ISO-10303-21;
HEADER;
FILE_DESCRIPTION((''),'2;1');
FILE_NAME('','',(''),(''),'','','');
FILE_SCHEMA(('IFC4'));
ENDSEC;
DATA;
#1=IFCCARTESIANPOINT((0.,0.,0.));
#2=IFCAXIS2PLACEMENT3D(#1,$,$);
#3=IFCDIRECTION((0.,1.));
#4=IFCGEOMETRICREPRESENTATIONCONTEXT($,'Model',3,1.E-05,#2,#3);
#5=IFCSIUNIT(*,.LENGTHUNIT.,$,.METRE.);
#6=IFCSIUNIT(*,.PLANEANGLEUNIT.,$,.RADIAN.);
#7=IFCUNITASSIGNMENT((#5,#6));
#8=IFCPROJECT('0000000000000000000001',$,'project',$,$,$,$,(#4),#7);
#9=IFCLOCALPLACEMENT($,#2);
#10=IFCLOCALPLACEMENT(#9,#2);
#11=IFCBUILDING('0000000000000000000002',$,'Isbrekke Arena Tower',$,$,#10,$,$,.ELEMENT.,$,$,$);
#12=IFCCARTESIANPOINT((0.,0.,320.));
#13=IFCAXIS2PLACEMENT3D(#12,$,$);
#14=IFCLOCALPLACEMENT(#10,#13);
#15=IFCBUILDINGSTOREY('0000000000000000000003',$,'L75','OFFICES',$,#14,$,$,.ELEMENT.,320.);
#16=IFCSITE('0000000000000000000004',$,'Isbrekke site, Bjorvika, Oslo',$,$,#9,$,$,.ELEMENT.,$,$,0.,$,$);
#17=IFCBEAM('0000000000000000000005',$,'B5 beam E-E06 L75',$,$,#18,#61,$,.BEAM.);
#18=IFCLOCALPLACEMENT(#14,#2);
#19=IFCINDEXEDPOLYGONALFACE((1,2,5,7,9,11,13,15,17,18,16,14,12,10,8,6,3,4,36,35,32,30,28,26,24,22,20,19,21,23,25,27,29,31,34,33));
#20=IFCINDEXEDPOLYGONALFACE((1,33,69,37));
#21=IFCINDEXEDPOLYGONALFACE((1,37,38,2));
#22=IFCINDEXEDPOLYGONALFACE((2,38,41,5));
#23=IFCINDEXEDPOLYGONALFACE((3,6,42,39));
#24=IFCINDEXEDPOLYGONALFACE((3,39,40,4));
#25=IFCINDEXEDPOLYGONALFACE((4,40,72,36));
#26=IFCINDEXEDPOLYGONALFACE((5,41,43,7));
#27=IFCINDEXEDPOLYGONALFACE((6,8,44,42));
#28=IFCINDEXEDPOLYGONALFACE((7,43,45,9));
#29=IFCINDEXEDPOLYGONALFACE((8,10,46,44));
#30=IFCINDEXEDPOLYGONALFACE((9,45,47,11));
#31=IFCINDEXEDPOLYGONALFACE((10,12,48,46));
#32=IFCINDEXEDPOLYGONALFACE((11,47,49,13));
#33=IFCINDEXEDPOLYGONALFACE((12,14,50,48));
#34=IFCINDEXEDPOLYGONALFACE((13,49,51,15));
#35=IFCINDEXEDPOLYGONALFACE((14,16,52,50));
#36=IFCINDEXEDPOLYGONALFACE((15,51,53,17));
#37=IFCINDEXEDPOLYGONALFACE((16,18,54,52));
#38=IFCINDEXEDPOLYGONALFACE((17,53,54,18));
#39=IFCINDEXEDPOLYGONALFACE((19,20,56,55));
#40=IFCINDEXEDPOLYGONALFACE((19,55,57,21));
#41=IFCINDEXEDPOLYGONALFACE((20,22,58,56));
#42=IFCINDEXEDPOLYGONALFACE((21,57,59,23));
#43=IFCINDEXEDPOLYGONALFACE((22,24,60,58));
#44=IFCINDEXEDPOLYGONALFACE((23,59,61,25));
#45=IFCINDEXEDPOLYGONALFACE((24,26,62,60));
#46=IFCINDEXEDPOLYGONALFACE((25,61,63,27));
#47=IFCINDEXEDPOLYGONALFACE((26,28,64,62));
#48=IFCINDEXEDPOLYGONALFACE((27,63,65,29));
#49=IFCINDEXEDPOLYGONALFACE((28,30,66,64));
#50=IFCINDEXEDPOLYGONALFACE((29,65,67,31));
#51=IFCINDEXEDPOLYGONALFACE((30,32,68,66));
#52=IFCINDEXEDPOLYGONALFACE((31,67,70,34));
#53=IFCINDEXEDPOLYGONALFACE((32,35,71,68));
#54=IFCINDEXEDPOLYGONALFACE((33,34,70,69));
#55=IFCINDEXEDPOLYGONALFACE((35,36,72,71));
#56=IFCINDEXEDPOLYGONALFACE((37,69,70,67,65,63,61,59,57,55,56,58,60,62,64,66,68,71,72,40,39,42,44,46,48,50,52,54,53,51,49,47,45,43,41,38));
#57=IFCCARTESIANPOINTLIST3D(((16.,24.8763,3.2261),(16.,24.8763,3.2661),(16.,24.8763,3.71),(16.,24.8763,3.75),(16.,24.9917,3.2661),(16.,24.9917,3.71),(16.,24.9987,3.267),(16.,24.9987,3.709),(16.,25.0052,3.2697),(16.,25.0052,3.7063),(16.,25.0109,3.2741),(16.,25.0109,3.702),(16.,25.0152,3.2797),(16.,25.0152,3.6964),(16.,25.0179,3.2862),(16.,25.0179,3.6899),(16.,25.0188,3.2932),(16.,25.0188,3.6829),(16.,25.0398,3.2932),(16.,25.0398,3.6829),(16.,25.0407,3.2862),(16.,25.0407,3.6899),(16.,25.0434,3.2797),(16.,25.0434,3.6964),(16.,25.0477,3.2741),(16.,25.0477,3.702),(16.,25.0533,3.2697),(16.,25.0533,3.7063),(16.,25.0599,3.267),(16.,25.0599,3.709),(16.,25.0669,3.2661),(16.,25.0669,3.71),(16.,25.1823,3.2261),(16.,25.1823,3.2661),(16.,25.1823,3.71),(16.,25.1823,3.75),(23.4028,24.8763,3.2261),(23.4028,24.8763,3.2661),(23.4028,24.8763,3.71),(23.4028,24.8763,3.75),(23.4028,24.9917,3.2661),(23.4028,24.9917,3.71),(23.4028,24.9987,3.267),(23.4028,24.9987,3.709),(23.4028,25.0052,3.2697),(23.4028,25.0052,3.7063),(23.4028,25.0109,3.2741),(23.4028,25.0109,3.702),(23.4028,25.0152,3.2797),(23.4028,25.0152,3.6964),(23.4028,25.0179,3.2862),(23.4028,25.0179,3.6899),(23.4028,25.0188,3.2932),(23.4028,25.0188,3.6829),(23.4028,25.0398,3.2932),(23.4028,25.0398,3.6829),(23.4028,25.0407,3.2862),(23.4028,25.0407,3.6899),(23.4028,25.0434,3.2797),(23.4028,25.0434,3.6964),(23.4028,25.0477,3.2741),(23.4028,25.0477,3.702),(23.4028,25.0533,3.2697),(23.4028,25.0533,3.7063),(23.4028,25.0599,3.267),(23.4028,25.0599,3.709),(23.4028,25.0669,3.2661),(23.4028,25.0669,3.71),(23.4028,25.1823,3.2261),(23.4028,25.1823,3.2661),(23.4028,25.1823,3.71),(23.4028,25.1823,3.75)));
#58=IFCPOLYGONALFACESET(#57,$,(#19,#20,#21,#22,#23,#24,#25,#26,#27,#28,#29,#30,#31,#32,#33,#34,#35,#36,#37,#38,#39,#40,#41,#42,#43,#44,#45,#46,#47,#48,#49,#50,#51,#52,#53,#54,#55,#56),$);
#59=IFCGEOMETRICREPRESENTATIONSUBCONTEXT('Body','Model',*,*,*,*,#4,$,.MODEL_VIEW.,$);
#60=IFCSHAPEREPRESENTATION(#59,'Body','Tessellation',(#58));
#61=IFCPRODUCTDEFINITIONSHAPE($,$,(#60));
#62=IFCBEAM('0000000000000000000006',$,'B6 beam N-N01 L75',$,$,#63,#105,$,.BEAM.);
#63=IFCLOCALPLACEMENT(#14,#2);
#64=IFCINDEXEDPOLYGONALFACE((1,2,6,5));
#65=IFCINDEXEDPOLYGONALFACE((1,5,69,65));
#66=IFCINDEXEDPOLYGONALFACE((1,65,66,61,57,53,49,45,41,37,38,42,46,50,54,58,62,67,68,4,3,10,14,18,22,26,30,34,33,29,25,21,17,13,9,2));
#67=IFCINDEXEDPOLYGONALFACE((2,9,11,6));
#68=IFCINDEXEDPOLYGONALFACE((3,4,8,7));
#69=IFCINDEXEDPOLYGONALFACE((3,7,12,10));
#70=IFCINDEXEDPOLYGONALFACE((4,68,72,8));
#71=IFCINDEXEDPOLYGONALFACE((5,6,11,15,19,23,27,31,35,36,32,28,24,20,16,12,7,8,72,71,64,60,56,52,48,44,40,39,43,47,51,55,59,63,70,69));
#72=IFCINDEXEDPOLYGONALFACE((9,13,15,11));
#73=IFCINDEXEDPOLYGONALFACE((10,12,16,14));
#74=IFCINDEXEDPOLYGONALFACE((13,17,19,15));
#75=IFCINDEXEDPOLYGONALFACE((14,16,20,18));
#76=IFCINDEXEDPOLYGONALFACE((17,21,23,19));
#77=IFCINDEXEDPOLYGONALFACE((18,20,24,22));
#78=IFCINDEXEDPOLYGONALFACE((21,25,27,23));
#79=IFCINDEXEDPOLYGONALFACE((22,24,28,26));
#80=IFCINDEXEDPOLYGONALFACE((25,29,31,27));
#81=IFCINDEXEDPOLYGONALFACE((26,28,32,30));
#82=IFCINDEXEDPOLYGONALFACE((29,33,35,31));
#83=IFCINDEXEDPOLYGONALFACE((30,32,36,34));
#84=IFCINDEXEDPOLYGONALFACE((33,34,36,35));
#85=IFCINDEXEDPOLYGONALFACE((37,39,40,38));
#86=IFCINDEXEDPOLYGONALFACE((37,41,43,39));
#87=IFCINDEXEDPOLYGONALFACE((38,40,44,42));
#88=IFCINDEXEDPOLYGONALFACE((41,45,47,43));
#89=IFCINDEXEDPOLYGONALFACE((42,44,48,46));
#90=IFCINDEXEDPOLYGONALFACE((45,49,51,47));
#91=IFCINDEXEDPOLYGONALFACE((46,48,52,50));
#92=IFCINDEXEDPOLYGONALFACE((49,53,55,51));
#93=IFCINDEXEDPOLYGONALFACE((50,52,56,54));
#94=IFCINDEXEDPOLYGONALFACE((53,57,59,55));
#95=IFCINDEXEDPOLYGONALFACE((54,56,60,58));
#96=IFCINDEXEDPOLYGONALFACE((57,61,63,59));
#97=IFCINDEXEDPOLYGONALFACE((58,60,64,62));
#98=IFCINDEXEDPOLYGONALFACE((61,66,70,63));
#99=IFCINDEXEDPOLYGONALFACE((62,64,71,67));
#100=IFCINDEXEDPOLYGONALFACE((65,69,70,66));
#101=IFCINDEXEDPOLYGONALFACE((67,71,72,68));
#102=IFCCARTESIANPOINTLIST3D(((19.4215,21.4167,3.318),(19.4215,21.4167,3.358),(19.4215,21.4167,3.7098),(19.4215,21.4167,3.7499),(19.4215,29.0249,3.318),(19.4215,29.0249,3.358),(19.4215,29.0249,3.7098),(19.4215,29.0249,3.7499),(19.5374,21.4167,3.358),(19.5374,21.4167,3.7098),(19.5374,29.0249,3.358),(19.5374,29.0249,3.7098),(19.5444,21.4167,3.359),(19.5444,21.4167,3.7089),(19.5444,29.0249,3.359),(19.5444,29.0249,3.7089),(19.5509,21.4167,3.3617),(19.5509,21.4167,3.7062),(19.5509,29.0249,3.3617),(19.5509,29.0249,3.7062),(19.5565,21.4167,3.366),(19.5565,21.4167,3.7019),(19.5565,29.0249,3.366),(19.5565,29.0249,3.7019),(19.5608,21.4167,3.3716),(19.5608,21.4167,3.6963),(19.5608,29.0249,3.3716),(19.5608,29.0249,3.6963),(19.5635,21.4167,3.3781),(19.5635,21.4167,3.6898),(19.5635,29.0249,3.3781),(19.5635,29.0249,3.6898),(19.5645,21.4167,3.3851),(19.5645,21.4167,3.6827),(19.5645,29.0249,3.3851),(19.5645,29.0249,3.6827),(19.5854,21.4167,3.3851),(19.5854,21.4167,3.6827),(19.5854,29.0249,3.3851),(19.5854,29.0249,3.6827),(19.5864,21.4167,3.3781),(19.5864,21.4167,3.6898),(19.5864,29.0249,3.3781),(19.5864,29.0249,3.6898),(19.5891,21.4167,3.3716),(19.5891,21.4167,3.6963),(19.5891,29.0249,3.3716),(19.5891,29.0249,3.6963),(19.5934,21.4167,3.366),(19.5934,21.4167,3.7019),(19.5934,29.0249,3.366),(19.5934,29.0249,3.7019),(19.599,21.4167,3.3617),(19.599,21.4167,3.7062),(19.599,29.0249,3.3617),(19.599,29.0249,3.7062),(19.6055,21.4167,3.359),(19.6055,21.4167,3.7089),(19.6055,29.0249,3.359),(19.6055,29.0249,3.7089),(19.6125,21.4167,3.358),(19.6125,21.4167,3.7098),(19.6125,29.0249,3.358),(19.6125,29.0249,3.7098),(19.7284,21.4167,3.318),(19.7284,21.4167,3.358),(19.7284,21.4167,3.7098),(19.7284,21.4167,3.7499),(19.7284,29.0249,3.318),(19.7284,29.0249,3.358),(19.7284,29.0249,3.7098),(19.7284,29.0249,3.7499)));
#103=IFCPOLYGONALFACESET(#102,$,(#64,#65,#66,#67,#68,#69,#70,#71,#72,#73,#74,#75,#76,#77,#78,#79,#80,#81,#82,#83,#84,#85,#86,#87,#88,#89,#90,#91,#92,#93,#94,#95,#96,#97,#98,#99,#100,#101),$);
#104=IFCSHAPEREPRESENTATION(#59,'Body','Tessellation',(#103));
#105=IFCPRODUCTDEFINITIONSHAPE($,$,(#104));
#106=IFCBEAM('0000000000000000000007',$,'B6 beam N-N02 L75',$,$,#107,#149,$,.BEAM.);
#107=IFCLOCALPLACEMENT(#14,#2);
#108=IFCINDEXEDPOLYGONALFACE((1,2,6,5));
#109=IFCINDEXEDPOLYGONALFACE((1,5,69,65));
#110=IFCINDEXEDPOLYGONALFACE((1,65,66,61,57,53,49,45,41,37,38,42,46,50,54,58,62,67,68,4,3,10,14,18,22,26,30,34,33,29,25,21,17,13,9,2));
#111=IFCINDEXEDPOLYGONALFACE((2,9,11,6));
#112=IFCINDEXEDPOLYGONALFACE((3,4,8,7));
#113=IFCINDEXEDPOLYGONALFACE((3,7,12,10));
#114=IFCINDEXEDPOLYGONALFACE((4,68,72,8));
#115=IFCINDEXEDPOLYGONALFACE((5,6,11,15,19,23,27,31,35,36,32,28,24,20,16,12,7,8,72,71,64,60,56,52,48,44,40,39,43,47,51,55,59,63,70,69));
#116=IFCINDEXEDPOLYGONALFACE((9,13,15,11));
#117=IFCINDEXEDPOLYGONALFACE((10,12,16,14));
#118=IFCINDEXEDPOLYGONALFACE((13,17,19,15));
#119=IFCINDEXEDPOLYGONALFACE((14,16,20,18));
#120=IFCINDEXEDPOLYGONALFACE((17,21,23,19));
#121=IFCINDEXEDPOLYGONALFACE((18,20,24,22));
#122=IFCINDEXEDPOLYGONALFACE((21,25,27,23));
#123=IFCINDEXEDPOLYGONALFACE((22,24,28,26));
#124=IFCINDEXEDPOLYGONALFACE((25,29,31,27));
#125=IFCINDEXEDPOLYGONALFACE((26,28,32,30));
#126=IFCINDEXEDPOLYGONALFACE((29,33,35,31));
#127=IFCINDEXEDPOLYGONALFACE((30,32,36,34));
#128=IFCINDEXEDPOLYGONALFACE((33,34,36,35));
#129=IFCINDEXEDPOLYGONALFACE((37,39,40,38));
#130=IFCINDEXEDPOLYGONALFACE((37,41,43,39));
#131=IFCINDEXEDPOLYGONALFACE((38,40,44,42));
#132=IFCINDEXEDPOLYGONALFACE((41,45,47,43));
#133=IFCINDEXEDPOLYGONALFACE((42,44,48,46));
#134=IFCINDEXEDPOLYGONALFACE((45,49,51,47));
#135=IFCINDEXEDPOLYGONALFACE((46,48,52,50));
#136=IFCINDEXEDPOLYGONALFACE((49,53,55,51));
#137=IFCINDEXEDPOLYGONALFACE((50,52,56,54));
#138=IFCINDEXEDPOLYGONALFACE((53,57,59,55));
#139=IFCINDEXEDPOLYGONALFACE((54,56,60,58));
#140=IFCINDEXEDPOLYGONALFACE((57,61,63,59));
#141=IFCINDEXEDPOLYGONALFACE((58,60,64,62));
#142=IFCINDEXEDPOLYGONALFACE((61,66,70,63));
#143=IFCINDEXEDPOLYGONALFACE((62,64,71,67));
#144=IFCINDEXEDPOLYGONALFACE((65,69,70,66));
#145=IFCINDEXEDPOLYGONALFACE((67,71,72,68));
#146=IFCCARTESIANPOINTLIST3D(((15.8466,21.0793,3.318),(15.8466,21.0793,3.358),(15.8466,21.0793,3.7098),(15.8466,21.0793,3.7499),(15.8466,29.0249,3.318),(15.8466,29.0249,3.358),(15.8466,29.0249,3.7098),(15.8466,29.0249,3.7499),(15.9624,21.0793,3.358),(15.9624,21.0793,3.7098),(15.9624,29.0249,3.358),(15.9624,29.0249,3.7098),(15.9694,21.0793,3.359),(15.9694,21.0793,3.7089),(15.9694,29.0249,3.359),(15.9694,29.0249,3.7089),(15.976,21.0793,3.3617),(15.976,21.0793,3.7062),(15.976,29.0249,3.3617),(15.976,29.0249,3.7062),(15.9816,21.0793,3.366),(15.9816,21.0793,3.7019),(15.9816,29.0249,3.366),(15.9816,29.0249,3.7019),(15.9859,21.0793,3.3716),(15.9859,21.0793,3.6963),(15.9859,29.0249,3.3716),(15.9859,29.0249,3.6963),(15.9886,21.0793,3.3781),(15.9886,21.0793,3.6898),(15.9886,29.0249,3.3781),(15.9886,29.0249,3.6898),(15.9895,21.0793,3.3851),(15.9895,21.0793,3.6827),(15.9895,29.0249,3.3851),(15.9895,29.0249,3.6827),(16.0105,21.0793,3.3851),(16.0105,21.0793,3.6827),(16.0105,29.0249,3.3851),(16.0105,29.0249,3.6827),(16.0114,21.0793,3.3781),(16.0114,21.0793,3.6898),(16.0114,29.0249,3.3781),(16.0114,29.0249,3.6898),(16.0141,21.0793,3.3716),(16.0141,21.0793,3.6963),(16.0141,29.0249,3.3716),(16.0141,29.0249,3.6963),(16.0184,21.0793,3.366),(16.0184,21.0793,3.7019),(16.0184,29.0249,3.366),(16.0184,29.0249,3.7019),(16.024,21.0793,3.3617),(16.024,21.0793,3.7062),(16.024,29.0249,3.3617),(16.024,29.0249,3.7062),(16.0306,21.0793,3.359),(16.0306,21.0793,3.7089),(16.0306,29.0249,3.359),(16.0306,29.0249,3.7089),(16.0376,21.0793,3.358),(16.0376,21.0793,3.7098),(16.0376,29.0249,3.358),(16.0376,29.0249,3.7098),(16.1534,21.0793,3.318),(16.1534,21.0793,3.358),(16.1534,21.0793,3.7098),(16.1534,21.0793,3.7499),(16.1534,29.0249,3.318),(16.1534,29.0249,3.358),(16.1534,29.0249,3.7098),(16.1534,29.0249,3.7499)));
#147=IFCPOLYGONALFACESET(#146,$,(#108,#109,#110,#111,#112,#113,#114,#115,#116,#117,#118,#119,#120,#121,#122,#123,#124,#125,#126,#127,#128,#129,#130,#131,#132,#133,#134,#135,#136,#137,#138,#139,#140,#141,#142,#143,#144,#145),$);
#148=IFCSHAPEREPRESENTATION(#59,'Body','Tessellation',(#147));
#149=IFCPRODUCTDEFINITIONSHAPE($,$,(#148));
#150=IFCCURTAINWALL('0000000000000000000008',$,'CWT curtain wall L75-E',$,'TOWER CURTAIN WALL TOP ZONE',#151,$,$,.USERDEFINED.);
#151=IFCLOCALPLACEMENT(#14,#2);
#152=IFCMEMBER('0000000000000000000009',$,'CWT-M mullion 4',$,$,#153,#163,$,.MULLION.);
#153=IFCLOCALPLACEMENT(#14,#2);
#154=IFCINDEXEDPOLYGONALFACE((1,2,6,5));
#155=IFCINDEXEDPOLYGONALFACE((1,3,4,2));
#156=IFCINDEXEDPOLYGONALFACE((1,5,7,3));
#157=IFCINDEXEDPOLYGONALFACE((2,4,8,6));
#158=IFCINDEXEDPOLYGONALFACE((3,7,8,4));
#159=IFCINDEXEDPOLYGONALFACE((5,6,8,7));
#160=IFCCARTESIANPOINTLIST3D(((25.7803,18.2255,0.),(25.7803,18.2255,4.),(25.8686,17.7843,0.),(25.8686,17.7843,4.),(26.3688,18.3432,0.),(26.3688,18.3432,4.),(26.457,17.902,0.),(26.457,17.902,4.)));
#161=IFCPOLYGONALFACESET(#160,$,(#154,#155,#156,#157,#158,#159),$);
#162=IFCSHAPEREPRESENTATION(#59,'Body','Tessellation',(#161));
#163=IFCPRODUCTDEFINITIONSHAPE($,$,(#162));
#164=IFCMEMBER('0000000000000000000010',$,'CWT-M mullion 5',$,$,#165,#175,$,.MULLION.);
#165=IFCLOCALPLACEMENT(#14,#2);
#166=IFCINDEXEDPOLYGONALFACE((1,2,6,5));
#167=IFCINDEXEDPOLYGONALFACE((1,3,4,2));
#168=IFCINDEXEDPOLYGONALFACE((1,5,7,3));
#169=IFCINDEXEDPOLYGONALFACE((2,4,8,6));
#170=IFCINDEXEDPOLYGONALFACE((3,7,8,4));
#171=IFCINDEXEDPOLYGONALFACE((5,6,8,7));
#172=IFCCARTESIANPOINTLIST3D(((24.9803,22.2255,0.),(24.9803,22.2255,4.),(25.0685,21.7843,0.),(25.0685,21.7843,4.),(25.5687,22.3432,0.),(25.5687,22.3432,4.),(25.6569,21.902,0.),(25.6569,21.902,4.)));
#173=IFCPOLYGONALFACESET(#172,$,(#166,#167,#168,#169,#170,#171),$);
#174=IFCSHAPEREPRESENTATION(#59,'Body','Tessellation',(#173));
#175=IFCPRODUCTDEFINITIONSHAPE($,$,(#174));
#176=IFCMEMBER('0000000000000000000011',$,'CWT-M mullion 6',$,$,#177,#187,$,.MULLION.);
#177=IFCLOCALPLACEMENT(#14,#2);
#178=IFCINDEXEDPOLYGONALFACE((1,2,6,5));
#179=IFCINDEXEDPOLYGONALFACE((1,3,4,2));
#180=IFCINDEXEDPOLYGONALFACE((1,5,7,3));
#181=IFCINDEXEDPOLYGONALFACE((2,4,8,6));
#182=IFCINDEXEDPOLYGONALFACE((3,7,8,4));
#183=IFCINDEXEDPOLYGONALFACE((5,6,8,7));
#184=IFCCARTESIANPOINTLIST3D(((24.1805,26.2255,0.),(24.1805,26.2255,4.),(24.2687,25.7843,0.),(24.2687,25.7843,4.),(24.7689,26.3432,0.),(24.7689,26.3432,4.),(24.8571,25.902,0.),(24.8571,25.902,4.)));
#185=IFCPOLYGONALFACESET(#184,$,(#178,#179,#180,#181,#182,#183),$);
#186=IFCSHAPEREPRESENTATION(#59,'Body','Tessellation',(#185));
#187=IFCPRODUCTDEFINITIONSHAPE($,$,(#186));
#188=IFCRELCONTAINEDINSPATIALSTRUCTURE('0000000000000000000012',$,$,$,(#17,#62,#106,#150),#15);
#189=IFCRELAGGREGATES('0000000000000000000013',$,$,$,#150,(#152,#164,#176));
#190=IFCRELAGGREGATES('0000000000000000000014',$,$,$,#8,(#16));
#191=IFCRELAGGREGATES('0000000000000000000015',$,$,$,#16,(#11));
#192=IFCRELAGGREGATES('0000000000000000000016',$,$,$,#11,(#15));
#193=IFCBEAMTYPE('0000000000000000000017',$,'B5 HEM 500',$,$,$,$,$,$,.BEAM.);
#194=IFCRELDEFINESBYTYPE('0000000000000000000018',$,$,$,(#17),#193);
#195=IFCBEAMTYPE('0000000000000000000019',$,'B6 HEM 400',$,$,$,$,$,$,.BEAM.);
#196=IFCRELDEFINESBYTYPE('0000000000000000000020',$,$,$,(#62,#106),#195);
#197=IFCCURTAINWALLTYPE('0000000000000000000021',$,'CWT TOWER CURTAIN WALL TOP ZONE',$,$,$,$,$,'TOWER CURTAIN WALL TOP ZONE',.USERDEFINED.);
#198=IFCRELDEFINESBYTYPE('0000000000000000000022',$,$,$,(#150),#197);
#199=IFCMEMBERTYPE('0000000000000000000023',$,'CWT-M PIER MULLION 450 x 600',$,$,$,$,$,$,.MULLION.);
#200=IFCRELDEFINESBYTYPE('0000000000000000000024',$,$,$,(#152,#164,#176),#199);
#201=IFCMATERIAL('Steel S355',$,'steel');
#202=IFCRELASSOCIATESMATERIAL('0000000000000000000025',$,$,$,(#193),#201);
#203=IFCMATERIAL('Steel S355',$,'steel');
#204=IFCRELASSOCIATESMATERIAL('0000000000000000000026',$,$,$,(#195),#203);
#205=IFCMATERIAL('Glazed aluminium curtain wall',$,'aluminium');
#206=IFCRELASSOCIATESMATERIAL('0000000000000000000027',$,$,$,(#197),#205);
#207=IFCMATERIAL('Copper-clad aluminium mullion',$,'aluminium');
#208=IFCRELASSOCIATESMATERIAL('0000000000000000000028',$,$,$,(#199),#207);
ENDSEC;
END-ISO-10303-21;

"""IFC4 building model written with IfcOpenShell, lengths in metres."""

from ifc_helpers import new_model, si_unit, direction, frame, origin, origin_2d, place, context, subcontext, project, spatial, rectangle, i_section, extrude, material, material_profile, profile_set, type_object, element, aggregate, save


model = new_model("IFC4")

# Units and contexts
model_context = context("Model", 3, precision=1e-05, world=origin(), true_north=direction((0.0, 1.0)))
body_context = subcontext(model_context, "Body", "Model", "MODEL_VIEW")
ifc_project = project(units=[si_unit("LENGTHUNIT", "METRE"), si_unit("PLANEANGLEUNIT", "RADIAN")], contexts=[model_context])

# Site, building, storey
site_placement = place(None, origin())
site = spatial("IfcSite", under=ifc_project, at=site_placement, Name="Isbrekke site, Bjorvika, Oslo", CompositionType="ELEMENT", RefElevation=0.0)
building_placement = place(site_placement, origin())
building = spatial("IfcBuilding", under=site, at=building_placement, Name="Isbrekke Arena Tower", CompositionType="ELEMENT")
storey_placement = place(building_placement, frame((0.0, 0.0, 320.0)))
storey = spatial("IfcBuildingStorey", under=building, at=storey_placement, Name="L75", Description="OFFICES", CompositionType="ELEMENT", Elevation=320.0)

# Beams
ifc_material_1 = material(Name="Steel S355", Category="steel")
ifc_material_profile_1 = material_profile(ifc_material_1, i_section(OverallWidth=0.3059, OverallDepth=0.5239, WebThickness=0.021, FlangeThickness=0.04, FilletRadius=0.0271, at=origin_2d()), Name="HEM 500")
ifc_profile_set_1 = profile_set([ifc_material_profile_1], Name="Steel S355")
beam_type_1 = type_object("IfcBeamType", Name="B5 HEM 500", PredefinedType="BEAM", material=ifc_profile_set_1)
beam_1_placement = place(storey_placement, frame((23.4028, 25.0293, 3.488), z_axis=(-1.0, 0.0, 0.0), x_axis=(0.0, -1.0, 0.0)))
element("IfcBeam", 1, at=beam_1_placement, inside=storey, type_object=beam_type_1, Name="B5 beam E-E06 L75", PredefinedType="BEAM", context=body_context, shape_type="SweptSolid", body=[
    extrude(i_section(OverallWidth=0.3059, OverallDepth=0.5239, WebThickness=0.021, FlangeThickness=0.04, FilletRadius=0.0271, at=origin_2d()), origin(), (0.0, 0.0, 1.0), 7.4028),
])
ifc_material_2 = material(Name="Steel S355", Category="steel")
ifc_material_profile_2 = material_profile(ifc_material_2, i_section(OverallWidth=0.3069, OverallDepth=0.4319, WebThickness=0.021, FlangeThickness=0.04, FilletRadius=0.0271, at=origin_2d()), Name="HEM 400")
ifc_profile_set_2 = profile_set([ifc_material_profile_2], Name="Steel S355")
beam_type_2 = type_object("IfcBeamType", Name="B6 HEM 400", PredefinedType="BEAM", material=ifc_profile_set_2)
beam_2_placement = place(storey_placement, frame((19.575, 29.0249, 3.5339), z_axis=(0.0, -1.0, 0.0), x_axis=(1.0, 0.0, 0.0)))
element("IfcBeam", 2, at=beam_2_placement, inside=storey, type_object=beam_type_2, Name="B6 beam N-N01 L75", PredefinedType="BEAM", context=body_context, shape_type="SweptSolid", body=[
    extrude(i_section(OverallWidth=0.3069, OverallDepth=0.4319, WebThickness=0.021, FlangeThickness=0.04, FilletRadius=0.0271, at=origin_2d()), origin(), (0.0, 0.0, 1.0), 7.6082),
])
beam_3_placement = place(storey_placement, frame((16.0, 29.0249, 3.5339), z_axis=(0.0, -1.0, 0.0), x_axis=(1.0, 0.0, 0.0)))
element("IfcBeam", 3, at=beam_3_placement, inside=storey, type_object=beam_type_2, Name="B6 beam N-N02 L75", PredefinedType="BEAM", context=body_context, shape_type="SweptSolid", body=[
    extrude(i_section(OverallWidth=0.3069, OverallDepth=0.4319, WebThickness=0.021, FlangeThickness=0.04, FilletRadius=0.0271, at=origin_2d()), origin(), (0.0, 0.0, 1.0), 7.9456),
])

# Curtain wall, members
ifc_material_3 = material(Name="Glazed aluminium curtain wall", Category="aluminium")
curtain_wall_type = type_object("IfcCurtainWallType", Name="CWT TOWER CURTAIN WALL TOP ZONE", ElementType="TOWER CURTAIN WALL TOP ZONE", PredefinedType="USERDEFINED", material=ifc_material_3)
curtain_wall_1_placement = place(storey_placement, origin())
curtain_wall_1 = element("IfcCurtainWall", 4, at=curtain_wall_1_placement, inside=storey, type_object=curtain_wall_type, Name="CWT curtain wall L75-E", ObjectType="TOWER CURTAIN WALL TOP ZONE", PredefinedType="USERDEFINED")
ifc_material_4 = material(Name="Copper-clad aluminium mullion", Category="aluminium")
ifc_material_profile_3 = material_profile(ifc_material_4, rectangle(XDim=0.45, YDim=0.6001, at=origin_2d()), Name="PIER 450X600")
ifc_profile_set_3 = profile_set([ifc_material_profile_3], Name="Copper-clad aluminium mullion")
member_type_1 = type_object("IfcMemberType", Name="CWT-M PIER MULLION 450 x 600", PredefinedType="MULLION", material=ifc_profile_set_3)
member_1_placement = place(storey_placement, frame((26.1187, 18.0637, 0.0), z_axis=(0.0, 0.0, 1.0), x_axis=(-0.196116, 0.980581, 0.0)))
member_1 = element("IfcMember", 5, at=member_1_placement, type_object=member_type_1, Name="CWT-M mullion 4", PredefinedType="MULLION", context=body_context, shape_type="SweptSolid", body=[
    extrude(rectangle(XDim=0.45, YDim=0.6001, at=origin_2d()), origin(), (0.0, 0.0, 1.0), 4.0),
])
member_2_placement = place(storey_placement, frame((25.3186, 22.0637, 0.0), z_axis=(0.0, 0.0, 1.0), x_axis=(-0.196116, 0.980581, 0.0)))
member_2 = element("IfcMember", 6, at=member_2_placement, type_object=member_type_1, Name="CWT-M mullion 5", PredefinedType="MULLION", context=body_context, shape_type="SweptSolid", body=[
    extrude(rectangle(XDim=0.45, YDim=0.6001, at=origin_2d()), origin(), (0.0, 0.0, 1.0), 4.0),
])
member_3_placement = place(storey_placement, frame((24.5188, 26.0637, 0.0), z_axis=(0.0, 0.0, 1.0), x_axis=(-0.196116, 0.980581, 0.0)))
member_3 = element("IfcMember", 7, at=member_3_placement, type_object=member_type_1, Name="CWT-M mullion 6", PredefinedType="MULLION", context=body_context, shape_type="SweptSolid", body=[
    extrude(rectangle(XDim=0.45, YDim=0.6001, at=origin_2d()), origin(), (0.0, 0.0, 1.0), 4.0),
])

aggregate(curtain_wall_1, [member_1, member_2, member_3])

save(model, "model.ifc")
